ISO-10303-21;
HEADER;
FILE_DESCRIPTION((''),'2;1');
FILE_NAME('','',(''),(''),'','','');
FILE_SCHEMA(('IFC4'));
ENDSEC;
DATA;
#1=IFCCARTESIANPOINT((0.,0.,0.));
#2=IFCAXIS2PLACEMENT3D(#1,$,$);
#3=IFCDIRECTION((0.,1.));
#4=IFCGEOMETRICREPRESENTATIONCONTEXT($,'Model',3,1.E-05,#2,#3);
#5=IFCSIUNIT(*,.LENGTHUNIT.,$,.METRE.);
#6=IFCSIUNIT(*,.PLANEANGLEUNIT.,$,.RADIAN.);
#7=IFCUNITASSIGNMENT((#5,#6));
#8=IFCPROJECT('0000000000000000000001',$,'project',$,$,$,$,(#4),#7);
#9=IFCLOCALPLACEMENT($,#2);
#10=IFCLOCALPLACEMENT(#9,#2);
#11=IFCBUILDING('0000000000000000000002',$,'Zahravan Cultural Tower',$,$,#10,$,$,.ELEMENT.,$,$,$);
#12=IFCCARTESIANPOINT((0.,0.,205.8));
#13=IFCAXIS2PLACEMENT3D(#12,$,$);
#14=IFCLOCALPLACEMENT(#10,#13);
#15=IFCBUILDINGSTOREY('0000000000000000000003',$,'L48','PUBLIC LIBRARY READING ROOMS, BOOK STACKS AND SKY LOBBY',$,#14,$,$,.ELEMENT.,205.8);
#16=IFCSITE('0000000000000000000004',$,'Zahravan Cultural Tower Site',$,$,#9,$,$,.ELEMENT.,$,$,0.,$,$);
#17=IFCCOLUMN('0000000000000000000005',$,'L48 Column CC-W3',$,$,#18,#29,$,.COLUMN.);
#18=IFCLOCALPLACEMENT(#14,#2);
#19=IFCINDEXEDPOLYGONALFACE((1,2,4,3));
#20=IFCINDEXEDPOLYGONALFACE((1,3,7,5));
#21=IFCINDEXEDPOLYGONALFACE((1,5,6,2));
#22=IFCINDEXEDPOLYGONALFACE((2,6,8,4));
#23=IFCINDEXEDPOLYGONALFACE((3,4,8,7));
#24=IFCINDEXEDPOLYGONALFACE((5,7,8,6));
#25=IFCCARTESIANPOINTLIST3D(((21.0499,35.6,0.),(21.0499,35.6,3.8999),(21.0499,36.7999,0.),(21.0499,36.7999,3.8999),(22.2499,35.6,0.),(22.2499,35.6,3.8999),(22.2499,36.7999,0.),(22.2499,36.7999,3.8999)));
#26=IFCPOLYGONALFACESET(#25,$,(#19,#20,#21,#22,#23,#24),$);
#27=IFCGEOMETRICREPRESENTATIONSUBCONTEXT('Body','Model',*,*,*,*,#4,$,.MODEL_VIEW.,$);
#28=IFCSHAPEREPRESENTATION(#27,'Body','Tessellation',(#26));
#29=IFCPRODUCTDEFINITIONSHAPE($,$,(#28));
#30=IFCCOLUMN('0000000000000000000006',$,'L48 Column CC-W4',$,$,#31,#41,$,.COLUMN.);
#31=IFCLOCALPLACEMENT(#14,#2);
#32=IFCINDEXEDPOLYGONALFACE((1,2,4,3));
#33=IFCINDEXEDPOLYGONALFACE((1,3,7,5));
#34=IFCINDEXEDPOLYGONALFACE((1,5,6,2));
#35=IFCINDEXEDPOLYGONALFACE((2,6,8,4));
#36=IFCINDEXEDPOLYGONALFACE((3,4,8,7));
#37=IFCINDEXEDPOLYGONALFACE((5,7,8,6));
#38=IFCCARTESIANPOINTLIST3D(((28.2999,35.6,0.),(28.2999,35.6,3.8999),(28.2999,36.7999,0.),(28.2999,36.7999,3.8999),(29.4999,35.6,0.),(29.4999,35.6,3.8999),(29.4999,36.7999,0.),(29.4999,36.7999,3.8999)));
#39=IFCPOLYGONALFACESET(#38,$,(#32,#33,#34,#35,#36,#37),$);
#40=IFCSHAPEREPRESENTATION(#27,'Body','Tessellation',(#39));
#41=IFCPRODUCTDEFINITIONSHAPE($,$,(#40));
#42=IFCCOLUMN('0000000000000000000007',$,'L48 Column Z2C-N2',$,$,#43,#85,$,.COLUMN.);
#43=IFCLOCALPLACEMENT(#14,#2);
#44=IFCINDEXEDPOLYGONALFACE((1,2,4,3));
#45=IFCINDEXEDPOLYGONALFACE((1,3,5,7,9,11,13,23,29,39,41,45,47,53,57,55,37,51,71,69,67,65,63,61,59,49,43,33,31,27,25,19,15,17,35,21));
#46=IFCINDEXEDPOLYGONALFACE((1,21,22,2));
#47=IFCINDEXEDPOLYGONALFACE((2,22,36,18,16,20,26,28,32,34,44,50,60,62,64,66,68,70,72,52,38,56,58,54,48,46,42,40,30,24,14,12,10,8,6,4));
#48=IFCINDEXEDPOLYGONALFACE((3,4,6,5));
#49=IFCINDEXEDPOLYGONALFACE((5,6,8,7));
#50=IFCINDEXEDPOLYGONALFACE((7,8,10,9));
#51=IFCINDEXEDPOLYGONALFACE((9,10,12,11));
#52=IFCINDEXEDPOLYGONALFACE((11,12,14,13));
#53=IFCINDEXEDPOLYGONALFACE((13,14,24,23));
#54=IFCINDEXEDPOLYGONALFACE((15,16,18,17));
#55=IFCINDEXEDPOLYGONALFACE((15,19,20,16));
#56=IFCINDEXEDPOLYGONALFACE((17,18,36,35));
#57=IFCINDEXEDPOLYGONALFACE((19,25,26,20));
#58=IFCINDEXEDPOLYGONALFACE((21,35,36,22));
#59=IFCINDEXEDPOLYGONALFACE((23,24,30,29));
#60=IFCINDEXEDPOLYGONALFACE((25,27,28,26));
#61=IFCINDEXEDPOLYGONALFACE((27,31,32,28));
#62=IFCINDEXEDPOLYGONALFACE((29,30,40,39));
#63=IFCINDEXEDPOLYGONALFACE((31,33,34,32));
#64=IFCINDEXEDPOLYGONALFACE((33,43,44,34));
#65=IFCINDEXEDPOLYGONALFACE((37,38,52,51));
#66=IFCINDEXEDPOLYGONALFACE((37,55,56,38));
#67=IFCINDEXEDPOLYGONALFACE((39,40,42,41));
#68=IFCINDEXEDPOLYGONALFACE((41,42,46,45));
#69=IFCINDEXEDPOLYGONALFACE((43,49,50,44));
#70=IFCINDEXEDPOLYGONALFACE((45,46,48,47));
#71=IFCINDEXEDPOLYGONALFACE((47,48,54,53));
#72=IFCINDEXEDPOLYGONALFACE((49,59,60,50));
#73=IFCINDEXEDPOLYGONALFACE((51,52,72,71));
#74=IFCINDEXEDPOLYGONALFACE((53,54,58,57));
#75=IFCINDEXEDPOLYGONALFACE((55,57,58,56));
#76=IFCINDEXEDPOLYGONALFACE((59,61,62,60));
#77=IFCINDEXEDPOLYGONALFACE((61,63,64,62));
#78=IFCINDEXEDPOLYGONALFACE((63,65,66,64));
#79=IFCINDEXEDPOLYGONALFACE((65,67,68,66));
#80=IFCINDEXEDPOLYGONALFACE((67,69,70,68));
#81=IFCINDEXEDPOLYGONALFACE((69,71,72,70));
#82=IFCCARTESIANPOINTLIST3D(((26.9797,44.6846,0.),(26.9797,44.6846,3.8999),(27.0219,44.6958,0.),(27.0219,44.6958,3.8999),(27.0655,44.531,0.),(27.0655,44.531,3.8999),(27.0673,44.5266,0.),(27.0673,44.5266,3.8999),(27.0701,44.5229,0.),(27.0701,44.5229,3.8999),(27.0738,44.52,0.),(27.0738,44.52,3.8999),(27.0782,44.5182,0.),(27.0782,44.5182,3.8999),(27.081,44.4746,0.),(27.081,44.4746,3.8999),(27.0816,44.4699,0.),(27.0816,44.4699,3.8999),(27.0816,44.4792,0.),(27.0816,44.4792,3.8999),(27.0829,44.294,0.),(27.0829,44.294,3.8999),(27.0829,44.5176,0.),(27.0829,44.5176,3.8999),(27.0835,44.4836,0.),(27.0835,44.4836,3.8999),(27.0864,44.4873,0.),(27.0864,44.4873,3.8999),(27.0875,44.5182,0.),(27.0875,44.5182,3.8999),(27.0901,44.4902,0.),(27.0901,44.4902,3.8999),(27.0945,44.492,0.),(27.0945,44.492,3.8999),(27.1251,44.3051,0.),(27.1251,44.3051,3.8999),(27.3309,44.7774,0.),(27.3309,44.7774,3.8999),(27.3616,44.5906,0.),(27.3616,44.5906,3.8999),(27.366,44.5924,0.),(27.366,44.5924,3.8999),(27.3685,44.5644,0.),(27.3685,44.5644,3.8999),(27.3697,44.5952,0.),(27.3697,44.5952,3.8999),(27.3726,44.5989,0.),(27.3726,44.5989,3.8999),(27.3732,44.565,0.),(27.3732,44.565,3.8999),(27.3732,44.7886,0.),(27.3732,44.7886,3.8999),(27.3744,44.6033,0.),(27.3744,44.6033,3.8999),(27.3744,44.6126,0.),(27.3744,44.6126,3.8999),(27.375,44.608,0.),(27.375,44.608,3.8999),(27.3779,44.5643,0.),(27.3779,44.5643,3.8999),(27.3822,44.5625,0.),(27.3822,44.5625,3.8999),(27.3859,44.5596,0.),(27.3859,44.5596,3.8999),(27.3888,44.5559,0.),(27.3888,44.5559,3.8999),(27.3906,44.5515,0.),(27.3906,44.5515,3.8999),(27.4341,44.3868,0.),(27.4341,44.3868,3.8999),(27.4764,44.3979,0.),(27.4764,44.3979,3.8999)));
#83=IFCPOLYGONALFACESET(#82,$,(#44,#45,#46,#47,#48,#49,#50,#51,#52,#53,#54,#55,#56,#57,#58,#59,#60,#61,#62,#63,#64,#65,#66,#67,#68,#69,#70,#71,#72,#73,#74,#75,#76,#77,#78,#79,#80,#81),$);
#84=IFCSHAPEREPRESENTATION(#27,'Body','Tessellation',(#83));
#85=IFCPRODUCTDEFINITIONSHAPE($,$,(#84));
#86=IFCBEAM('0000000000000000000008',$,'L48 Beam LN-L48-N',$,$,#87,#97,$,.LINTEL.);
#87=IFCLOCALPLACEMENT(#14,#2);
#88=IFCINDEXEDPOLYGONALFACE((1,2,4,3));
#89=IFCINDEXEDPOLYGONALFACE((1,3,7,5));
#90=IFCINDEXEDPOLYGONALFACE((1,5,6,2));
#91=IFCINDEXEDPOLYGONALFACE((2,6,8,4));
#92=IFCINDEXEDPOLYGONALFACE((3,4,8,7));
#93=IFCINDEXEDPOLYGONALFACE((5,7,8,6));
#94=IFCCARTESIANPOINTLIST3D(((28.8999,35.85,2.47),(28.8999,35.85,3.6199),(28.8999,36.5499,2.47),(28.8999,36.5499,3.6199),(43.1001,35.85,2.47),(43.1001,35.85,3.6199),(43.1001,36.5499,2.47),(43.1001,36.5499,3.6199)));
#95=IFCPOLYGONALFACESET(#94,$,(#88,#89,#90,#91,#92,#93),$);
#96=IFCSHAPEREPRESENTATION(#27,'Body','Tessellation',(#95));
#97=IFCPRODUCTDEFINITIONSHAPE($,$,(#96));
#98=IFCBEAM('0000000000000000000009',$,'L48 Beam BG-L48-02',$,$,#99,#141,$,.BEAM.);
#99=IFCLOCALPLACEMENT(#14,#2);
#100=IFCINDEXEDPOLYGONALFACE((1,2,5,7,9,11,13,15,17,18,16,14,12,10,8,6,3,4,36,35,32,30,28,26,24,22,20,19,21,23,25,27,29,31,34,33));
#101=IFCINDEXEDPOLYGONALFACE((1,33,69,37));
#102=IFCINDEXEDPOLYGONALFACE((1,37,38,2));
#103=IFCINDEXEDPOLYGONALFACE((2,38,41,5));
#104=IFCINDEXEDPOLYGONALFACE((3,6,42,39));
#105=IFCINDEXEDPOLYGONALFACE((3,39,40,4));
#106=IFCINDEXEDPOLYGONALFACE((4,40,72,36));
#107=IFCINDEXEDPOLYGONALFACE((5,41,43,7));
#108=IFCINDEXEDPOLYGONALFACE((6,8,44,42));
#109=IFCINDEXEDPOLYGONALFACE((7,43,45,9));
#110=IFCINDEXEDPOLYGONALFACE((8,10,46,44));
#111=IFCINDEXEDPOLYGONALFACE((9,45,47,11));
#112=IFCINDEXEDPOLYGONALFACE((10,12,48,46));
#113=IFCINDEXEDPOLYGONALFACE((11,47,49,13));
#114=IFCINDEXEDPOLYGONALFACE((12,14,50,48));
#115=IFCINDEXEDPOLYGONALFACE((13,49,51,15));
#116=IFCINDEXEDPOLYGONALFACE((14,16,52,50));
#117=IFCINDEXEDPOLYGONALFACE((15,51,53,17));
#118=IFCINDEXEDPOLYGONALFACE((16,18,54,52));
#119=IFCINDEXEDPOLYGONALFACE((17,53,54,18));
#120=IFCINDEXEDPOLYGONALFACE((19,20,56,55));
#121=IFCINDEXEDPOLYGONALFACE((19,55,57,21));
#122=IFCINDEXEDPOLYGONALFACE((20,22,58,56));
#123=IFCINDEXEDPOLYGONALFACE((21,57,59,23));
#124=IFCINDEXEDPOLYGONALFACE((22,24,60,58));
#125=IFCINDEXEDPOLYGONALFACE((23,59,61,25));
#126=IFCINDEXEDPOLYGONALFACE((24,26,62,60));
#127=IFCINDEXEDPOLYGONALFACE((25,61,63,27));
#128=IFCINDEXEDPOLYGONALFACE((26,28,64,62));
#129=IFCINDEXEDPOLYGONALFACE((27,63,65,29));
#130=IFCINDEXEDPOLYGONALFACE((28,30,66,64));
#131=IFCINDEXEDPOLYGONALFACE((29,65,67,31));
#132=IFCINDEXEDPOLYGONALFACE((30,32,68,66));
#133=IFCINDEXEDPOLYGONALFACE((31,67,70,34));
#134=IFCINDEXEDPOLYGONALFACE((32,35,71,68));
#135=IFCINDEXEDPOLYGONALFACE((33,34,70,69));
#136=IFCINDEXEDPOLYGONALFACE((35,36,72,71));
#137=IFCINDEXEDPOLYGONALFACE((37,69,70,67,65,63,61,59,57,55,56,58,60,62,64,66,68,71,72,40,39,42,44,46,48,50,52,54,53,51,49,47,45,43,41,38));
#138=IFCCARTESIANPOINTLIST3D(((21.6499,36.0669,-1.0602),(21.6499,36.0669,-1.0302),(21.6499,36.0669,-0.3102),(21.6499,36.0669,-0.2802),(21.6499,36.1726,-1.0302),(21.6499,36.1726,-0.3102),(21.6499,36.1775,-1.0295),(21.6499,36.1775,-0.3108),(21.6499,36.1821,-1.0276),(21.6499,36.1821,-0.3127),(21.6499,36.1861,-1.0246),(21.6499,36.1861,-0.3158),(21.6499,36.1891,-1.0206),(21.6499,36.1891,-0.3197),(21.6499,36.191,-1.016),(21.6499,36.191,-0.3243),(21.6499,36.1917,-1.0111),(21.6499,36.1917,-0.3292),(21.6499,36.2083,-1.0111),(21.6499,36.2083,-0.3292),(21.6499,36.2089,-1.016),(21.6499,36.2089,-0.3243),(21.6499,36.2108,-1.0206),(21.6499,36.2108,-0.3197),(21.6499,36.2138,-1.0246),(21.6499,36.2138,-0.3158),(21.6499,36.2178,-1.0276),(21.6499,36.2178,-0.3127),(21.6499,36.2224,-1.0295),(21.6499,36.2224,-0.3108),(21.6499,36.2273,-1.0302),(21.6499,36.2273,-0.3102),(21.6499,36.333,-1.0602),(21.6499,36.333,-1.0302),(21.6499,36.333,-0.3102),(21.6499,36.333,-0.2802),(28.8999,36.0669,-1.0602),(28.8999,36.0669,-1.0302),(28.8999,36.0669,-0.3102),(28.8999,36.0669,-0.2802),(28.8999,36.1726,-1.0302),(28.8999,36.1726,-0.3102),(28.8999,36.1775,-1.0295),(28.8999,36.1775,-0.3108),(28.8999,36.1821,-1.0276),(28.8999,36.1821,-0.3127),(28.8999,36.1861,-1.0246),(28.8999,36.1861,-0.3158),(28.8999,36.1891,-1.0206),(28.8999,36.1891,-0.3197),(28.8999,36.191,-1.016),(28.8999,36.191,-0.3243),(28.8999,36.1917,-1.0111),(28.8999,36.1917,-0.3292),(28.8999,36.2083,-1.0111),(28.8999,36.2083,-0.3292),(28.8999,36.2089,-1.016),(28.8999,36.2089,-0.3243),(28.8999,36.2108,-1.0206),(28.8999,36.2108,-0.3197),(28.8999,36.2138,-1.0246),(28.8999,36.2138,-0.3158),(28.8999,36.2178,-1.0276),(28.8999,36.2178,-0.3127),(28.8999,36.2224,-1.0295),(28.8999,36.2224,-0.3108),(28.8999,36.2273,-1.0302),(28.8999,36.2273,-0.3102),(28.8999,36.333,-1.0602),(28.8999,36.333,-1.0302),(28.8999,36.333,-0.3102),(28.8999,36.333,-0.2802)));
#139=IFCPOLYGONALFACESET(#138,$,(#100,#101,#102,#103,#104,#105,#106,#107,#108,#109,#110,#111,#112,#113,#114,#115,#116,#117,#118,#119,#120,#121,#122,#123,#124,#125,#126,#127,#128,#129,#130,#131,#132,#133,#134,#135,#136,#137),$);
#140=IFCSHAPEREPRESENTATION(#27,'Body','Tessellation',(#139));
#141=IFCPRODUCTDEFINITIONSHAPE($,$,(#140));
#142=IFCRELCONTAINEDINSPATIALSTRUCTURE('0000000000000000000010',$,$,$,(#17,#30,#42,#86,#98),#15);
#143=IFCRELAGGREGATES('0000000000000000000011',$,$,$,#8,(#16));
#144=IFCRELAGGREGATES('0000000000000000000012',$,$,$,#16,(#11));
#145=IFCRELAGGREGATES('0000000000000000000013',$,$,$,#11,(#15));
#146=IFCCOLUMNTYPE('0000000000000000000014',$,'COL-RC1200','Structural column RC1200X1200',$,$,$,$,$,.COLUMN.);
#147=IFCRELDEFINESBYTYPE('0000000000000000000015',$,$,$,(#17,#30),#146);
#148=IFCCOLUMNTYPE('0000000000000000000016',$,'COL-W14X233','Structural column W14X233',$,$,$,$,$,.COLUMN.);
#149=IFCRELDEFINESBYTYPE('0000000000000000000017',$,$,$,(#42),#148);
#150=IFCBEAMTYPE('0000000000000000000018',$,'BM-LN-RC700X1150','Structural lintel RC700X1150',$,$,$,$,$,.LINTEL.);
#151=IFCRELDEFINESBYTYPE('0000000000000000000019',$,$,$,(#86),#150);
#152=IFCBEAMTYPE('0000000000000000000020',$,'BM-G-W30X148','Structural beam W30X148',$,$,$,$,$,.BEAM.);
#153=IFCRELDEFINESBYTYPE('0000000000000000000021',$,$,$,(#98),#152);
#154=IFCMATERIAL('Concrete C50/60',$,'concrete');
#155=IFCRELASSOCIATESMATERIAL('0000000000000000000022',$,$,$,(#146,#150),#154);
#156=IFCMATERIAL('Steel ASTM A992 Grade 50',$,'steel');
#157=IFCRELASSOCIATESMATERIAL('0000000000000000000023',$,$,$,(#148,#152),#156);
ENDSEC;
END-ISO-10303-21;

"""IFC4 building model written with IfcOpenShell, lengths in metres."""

from ifc_helpers import new_model, si_unit, direction, frame, origin, origin_2d, place, context, subcontext, project, spatial, rectangle, i_section, extrude, source, transform, mapped, material, material_profile, profile_set, type_object, element, save


model = new_model("IFC4")

# Units and contexts
model_context = context("Model", 3, precision=1e-05, world=origin(), true_north=direction((0.0, 1.0)))
body_context = subcontext(model_context, "Body", "Model", "MODEL_VIEW")
ifc_project = project(units=[si_unit("LENGTHUNIT", "METRE"), si_unit("PLANEANGLEUNIT", "RADIAN")], contexts=[model_context])

# Site, building, storey
site_placement = place(None, origin())
site = spatial("IfcSite", under=ifc_project, at=site_placement, Name="Zahravan Cultural Tower Site", CompositionType="ELEMENT", RefElevation=0.0)
building_placement = place(site_placement, origin())
building = spatial("IfcBuilding", under=site, at=building_placement, Name="Zahravan Cultural Tower", CompositionType="ELEMENT")
storey_placement = place(building_placement, frame((0.0, 0.0, 205.8)))
storey = spatial("IfcBuildingStorey", under=building, at=storey_placement, Name="L48", Description="PUBLIC LIBRARY READING ROOMS, BOOK STACKS AND SKY LOBBY", CompositionType="ELEMENT", Elevation=205.8)

# Columns
ifc_material_1 = material(Name="Concrete C50/60", Category="concrete")
ifc_material_profile_1 = material_profile(ifc_material_1, rectangle(XDim=1.2, YDim=1.2, at=origin_2d()), Name="RC1200X1200")
ifc_profile_set_1 = profile_set([ifc_material_profile_1], Name="Concrete C50/60")
column_type_1 = type_object("IfcColumnType", Name="COL-RC1200", Description="Structural column RC1200X1200", PredefinedType="COLUMN", material=ifc_profile_set_1)
shared_shape_1 = source(origin(), body_context, "Body", "SweptSolid", [
    extrude(rectangle(XDim=1.2, YDim=1.2, at=origin_2d()), origin(), (0.0, 0.0, 1.0), 3.8999),
])
for number, where, z_axis, x_axis, name in (
    (1, (21.6499, 36.2, 0.0), (0.0, 0.0, 1.0), (1.0, 0.0, 0.0), "L48 Column CC-W3"),
    (2, (28.8999, 36.2, 0.0), (0.0, 0.0, 1.0), (1.0, 0.0, 0.0), "L48 Column CC-W4"),
):
    element("IfcColumn", number, at=place(storey_placement, frame(where, z_axis=z_axis, x_axis=x_axis)), inside=storey, type_object=column_type_1, Name=name, PredefinedType="COLUMN", context=body_context, shape_type="MappedRepresentation", body=[
        mapped(shared_shape_1, transform((0.0, 0.0, 0.0), x_axis=(1.0, 0.0, 0.0), y_axis=(0.0, 1.0, 0.0), z_axis=(0.0, 0.0, 1.0), scale=1.0)),
    ])
ifc_material_2 = material(Name="Steel ASTM A992 Grade 50", Category="steel")
ifc_material_profile_2 = material_profile(ifc_material_2, i_section(OverallWidth=0.4041, OverallDepth=0.407, WebThickness=0.0271, FlangeThickness=0.0437, FilletRadius=0.0181, at=origin_2d()), Name="W14X233")
ifc_profile_set_2 = profile_set([ifc_material_profile_2], Name="Steel ASTM A992 Grade 50")
column_type_2 = type_object("IfcColumnType", Name="COL-W14X233", Description="Structural column W14X233", PredefinedType="COLUMN", material=ifc_profile_set_2)
shared_shape_2 = source(origin(), body_context, "Body", "SweptSolid", [
    extrude(i_section(OverallWidth=0.4041, OverallDepth=0.407, WebThickness=0.0271, FlangeThickness=0.0437, FilletRadius=0.0181, at=origin_2d()), origin(), (0.0, 0.0, 1.0), 3.8999),
])
column_placement = place(storey_placement, frame((27.228, 44.5413, 0.0), z_axis=(0.0, 0.0, 1.0), x_axis=(-0.255446, 0.966823, 0.0)))
element("IfcColumn", 3, at=column_placement, inside=storey, type_object=column_type_2, Name="L48 Column Z2C-N2", PredefinedType="COLUMN", context=body_context, shape_type="MappedRepresentation", body=[
    mapped(shared_shape_2, transform((0.0, 0.0, 0.0), x_axis=(1.0, 0.0, 0.0), y_axis=(0.0, 1.0, 0.0), z_axis=(0.0, 0.0, 1.0), scale=1.0)),
])

# Beams
ifc_material_profile_3 = material_profile(ifc_material_1, rectangle(XDim=0.7, YDim=1.1499, at=origin_2d()), Name="RC700X1150")
ifc_profile_set_3 = profile_set([ifc_material_profile_3], Name="Concrete C50/60")
beam_type_1 = type_object("IfcBeamType", Name="BM-LN-RC700X1150", Description="Structural lintel RC700X1150", PredefinedType="LINTEL", material=ifc_profile_set_3)
shared_shape_3 = source(origin(), body_context, "Body", "SweptSolid", [
    extrude(rectangle(XDim=0.7, YDim=1.1499, at=origin_2d()), origin(), (0.0, 0.0, 1.0), 14.2002),
])
beam_1_placement = place(storey_placement, frame((28.8999, 36.2, 3.0449), z_axis=(1.0, 0.0, 0.0), x_axis=(0.0, 1.0, 0.0)))
element("IfcBeam", 4, at=beam_1_placement, inside=storey, type_object=beam_type_1, Name="L48 Beam LN-L48-N", PredefinedType="LINTEL", context=body_context, shape_type="MappedRepresentation", body=[
    mapped(shared_shape_3, transform((0.0, 0.0, 0.0), x_axis=(1.0, 0.0, 0.0), y_axis=(0.0, 1.0, 0.0), z_axis=(0.0, 0.0, 1.0), scale=1.0)),
])
ifc_material_profile_4 = material_profile(ifc_material_2, i_section(OverallWidth=0.2661, OverallDepth=0.78, WebThickness=0.0166, FlangeThickness=0.03, FilletRadius=0.019, at=origin_2d()), Name="W30X148")
ifc_profile_set_4 = profile_set([ifc_material_profile_4], Name="Steel ASTM A992 Grade 50")
beam_type_2 = type_object("IfcBeamType", Name="BM-G-W30X148", Description="Structural beam W30X148", PredefinedType="BEAM", material=ifc_profile_set_4)
shared_shape_4 = source(origin(), body_context, "Body", "SweptSolid", [
    extrude(i_section(OverallWidth=0.2661, OverallDepth=0.78, WebThickness=0.0166, FlangeThickness=0.03, FilletRadius=0.019, at=origin_2d()), origin(), (0.0, 0.0, 1.0), 7.25),
])
beam_2_placement = place(storey_placement, frame((21.6499, 36.2, -0.6702), z_axis=(1.0, 0.0, 0.0), x_axis=(0.0, 1.0, 0.0)))
element("IfcBeam", 5, at=beam_2_placement, inside=storey, type_object=beam_type_2, Name="L48 Beam BG-L48-02", PredefinedType="BEAM", context=body_context, shape_type="MappedRepresentation", body=[
    mapped(shared_shape_4, transform((0.0, 0.0, 0.0), x_axis=(1.0, 0.0, 0.0), y_axis=(0.0, 1.0, 0.0), z_axis=(0.0, 0.0, 1.0), scale=1.0)),
])

save(model, "model.ifc")
